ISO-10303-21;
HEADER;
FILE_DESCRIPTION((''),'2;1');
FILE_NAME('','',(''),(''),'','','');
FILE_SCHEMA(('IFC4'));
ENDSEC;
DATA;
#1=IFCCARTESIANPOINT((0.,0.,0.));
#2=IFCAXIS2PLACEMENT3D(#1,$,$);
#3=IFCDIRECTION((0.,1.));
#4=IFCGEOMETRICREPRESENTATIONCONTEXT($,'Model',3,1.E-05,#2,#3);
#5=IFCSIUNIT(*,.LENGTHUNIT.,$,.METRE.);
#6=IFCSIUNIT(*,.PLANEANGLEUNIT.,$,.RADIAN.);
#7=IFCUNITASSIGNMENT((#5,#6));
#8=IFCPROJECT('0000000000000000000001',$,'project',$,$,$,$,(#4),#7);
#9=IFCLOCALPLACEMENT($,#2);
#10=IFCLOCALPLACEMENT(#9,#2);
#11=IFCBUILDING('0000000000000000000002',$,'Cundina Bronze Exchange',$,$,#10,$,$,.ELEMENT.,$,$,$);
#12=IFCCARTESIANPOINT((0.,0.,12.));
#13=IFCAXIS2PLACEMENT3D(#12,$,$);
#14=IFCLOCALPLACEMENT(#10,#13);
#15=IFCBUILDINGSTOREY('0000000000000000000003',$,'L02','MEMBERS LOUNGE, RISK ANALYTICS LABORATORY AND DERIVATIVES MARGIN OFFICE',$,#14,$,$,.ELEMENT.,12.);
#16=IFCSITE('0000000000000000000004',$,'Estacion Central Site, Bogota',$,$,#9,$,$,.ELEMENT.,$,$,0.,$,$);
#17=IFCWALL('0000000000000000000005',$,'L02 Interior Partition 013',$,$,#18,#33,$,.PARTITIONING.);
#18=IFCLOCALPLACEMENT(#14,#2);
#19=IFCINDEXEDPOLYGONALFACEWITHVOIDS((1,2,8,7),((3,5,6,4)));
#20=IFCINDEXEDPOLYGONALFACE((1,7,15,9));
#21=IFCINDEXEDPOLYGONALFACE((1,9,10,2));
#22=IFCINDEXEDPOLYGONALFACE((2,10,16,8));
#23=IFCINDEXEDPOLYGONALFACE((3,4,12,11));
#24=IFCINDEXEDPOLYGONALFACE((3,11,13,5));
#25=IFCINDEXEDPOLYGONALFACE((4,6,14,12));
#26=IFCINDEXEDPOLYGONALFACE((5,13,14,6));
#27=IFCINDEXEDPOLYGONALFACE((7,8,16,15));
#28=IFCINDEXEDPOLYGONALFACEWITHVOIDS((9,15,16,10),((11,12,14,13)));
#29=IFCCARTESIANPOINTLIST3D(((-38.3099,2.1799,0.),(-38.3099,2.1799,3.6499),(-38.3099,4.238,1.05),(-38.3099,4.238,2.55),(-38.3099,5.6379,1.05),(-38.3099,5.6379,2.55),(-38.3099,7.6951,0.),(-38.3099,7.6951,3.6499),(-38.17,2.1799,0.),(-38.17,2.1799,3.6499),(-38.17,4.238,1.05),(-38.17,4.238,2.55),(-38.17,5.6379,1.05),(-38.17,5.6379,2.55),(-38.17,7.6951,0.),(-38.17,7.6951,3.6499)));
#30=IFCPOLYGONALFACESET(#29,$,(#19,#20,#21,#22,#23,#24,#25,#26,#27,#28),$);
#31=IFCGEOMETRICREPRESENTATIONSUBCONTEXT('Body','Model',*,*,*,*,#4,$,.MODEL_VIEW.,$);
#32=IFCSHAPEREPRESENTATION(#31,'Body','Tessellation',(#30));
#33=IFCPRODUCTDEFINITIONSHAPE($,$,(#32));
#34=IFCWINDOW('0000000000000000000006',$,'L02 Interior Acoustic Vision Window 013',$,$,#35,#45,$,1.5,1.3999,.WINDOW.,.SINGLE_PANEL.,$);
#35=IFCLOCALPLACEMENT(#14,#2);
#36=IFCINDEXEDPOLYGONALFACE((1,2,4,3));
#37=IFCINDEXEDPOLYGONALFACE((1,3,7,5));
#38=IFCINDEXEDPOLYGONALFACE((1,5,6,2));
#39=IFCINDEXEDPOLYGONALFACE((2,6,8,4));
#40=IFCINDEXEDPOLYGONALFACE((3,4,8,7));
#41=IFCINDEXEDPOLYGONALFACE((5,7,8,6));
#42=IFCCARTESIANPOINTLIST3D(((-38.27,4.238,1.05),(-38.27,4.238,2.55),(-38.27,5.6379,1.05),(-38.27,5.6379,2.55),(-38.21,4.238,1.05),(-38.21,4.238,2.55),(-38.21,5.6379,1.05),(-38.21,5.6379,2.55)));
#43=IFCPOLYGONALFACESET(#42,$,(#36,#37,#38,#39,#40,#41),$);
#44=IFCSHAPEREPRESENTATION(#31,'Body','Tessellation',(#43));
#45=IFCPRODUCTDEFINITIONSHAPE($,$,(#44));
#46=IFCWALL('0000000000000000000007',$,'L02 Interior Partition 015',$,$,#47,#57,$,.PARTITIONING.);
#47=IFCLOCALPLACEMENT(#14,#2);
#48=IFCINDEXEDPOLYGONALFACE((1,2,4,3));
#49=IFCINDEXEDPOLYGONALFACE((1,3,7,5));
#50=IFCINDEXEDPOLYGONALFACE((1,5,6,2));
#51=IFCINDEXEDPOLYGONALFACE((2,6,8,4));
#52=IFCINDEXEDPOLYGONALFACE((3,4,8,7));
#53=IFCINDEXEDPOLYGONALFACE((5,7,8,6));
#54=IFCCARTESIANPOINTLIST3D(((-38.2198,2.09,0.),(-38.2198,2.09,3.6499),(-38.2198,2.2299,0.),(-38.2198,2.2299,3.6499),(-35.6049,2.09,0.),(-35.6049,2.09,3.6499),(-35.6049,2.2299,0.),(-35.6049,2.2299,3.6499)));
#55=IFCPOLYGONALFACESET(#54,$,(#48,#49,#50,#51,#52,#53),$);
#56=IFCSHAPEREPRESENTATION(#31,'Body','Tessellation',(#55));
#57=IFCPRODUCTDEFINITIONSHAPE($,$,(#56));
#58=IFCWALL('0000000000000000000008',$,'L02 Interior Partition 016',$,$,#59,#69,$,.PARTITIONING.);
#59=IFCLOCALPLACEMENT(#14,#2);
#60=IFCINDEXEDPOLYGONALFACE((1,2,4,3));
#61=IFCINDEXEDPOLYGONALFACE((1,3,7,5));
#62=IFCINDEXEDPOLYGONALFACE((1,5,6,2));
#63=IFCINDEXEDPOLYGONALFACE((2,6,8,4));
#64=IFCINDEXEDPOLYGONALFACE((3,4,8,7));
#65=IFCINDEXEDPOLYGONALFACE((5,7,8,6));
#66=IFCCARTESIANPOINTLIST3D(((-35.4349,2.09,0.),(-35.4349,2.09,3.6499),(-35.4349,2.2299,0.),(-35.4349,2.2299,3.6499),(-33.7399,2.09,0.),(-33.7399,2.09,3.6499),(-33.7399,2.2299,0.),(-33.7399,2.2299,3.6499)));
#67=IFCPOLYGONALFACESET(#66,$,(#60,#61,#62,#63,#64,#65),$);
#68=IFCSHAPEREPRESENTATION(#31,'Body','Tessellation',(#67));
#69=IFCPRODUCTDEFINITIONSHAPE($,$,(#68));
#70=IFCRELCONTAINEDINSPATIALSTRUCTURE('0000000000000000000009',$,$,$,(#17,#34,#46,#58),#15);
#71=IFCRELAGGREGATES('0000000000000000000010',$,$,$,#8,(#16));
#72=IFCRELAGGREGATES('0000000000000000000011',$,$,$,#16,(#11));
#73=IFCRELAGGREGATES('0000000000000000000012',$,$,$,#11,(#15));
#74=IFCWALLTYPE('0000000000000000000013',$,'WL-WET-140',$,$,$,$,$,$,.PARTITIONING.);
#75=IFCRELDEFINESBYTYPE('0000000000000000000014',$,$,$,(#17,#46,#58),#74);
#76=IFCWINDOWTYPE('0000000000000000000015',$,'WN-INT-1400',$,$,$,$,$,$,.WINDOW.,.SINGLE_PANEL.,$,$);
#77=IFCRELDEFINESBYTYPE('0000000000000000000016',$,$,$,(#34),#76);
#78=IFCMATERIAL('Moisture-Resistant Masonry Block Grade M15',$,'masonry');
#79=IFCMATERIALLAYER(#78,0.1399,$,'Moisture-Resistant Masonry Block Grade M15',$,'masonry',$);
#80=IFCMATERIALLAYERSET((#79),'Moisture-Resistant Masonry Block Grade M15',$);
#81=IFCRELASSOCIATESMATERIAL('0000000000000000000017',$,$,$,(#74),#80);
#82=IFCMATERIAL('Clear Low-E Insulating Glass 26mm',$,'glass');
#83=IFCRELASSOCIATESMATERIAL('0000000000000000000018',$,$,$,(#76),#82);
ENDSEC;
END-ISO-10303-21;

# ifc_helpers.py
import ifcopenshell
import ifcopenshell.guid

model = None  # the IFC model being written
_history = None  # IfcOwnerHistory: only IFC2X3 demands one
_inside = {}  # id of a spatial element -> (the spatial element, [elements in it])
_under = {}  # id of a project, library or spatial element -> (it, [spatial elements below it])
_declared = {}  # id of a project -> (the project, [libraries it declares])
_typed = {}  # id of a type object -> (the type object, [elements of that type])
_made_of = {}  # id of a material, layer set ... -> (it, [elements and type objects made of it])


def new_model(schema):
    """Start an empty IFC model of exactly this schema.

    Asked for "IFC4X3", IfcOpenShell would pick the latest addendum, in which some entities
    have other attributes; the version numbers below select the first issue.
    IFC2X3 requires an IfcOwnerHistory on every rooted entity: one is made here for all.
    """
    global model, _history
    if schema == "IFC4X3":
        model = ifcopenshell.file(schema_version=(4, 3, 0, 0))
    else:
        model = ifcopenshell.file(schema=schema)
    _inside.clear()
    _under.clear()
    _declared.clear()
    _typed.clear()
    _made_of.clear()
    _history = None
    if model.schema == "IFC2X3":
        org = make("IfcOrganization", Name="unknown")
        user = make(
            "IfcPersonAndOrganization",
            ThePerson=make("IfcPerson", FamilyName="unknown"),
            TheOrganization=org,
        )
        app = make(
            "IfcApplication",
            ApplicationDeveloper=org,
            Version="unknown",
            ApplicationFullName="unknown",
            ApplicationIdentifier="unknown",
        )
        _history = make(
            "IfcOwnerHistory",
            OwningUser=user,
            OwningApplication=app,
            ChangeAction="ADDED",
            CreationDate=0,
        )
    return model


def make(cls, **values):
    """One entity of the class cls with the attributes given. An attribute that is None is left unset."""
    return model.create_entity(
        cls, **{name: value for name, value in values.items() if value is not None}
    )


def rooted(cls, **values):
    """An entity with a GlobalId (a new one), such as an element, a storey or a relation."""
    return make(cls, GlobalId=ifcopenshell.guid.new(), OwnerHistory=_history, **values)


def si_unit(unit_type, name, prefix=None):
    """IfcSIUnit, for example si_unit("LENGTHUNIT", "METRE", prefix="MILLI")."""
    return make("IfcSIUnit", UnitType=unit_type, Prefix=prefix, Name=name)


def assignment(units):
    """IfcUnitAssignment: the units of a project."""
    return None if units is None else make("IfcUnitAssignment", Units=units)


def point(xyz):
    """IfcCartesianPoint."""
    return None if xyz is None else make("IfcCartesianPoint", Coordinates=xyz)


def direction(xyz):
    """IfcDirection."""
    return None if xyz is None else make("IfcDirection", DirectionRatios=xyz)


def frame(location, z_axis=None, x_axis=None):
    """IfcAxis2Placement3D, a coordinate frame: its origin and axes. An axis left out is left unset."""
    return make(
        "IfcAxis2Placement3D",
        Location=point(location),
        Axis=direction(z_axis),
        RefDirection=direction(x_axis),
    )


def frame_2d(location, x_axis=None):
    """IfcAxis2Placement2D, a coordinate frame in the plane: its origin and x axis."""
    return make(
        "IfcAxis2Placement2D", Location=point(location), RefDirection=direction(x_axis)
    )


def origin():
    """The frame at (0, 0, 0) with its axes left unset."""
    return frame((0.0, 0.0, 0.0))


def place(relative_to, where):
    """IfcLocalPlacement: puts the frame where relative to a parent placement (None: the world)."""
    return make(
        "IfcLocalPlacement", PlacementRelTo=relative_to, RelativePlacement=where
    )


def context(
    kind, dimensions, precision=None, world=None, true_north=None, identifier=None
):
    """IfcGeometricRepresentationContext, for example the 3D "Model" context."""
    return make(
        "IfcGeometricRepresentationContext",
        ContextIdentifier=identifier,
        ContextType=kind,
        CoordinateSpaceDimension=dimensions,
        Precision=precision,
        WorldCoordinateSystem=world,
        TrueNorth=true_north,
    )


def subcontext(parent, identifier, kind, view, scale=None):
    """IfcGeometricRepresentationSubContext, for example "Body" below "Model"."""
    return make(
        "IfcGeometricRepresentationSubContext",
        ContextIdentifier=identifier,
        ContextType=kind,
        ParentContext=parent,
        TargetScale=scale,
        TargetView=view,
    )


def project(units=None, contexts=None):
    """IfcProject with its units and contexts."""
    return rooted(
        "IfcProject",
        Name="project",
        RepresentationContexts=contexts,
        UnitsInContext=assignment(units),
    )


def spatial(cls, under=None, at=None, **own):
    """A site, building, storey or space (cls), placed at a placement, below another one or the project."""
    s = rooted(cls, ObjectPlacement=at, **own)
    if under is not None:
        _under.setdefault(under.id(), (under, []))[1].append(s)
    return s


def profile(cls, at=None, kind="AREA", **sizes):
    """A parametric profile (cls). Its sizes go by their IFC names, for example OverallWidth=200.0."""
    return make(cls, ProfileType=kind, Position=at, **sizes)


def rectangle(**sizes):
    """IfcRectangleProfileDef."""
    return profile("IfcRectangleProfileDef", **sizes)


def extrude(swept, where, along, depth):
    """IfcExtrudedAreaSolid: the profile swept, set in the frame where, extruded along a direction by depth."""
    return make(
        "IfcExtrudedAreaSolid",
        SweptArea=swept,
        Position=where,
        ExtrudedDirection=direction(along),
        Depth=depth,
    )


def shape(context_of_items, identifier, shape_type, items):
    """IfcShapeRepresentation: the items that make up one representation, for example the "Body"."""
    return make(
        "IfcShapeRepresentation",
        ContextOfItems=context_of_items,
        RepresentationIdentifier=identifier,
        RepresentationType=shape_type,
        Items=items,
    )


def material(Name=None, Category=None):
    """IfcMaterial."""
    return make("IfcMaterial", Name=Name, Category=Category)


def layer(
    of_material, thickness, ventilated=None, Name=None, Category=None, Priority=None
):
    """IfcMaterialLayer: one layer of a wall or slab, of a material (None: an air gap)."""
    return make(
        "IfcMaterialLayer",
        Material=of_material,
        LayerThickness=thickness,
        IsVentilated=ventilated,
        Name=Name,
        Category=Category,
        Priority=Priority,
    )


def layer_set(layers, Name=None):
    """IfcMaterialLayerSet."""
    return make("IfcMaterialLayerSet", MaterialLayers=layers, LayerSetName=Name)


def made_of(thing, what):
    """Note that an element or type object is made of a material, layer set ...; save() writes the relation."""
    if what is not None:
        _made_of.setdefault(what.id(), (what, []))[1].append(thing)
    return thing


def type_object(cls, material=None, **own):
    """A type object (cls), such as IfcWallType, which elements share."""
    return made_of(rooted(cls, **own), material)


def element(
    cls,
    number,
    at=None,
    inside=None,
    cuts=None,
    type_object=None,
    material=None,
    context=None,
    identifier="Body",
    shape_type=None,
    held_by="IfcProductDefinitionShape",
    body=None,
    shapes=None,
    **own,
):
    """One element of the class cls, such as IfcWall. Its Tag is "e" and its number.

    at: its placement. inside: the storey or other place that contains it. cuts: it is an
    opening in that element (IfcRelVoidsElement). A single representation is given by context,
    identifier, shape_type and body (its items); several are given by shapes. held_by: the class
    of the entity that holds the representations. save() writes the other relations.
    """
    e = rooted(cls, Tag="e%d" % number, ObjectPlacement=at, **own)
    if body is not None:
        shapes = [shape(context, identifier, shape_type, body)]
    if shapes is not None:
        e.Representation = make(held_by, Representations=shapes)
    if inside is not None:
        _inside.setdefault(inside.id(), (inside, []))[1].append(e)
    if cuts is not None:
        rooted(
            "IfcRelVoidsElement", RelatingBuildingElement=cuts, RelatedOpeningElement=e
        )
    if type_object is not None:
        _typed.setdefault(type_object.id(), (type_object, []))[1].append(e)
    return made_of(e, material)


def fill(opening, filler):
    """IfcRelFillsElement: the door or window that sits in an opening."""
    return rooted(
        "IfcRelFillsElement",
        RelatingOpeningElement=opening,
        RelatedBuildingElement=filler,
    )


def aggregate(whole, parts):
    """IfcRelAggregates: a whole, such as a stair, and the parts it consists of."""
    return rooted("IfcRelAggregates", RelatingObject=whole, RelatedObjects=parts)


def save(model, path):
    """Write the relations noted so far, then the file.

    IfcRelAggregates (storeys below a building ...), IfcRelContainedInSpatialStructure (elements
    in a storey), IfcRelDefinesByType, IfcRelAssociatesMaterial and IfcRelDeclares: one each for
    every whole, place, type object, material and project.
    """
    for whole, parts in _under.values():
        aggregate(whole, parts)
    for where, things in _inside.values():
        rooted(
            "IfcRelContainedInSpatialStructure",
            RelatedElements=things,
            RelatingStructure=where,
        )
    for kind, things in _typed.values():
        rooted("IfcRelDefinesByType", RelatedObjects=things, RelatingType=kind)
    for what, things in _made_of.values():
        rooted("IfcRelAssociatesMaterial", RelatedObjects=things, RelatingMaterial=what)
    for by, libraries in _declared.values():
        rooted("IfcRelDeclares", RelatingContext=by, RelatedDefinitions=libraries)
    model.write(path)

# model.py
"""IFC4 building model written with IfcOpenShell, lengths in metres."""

from ifc_helpers import new_model, si_unit, direction, frame, frame_2d, origin, place, context, subcontext, project, spatial, rectangle, extrude, material, layer, layer_set, type_object, element, fill, save


model = new_model("IFC4")

# Units and contexts
model_context = context("Model", 3, precision=1e-05, world=origin(), true_north=direction((0.0, 1.0)))
body_context = subcontext(model_context, "Body", "Model", "MODEL_VIEW")
ifc_project = project(units=[si_unit("LENGTHUNIT", "METRE"), si_unit("PLANEANGLEUNIT", "RADIAN")], contexts=[model_context])

# Site, building, storey
site_placement = place(None, origin())
site = spatial("IfcSite", under=ifc_project, at=site_placement, Name="Estacion Central Site, Bogota", CompositionType="ELEMENT", RefElevation=0.0)
building_placement = place(site_placement, origin())
building = spatial("IfcBuilding", under=site, at=building_placement, Name="Cundina Bronze Exchange", CompositionType="ELEMENT")
storey_placement = place(building_placement, frame((0.0, 0.0, 12.0)))
storey = spatial("IfcBuildingStorey", under=building, at=storey_placement, Name="L02", Description="MEMBERS LOUNGE, RISK ANALYTICS LABORATORY AND DERIVATIVES MARGIN OFFICE", CompositionType="ELEMENT", Elevation=12.0)

# Wall, opening, window
ifc_material_1 = material(Name="Moisture-Resistant Masonry Block Grade M15", Category="masonry")
ifc_layer_1 = layer(ifc_material_1, 0.1399, Name="Moisture-Resistant Masonry Block Grade M15", Category="masonry")
ifc_layer_set_1 = layer_set([ifc_layer_1], Name="Moisture-Resistant Masonry Block Grade M15")
wall_type_1 = type_object("IfcWallType", Name="WL-WET-140", PredefinedType="PARTITIONING", material=ifc_layer_set_1)
wall_1_placement = place(storey_placement, frame((-38.24, 2.1799, 0.0), z_axis=(0.0, 0.0, 1.0), x_axis=(0.0, 1.0, 0.0)))
wall_1 = element("IfcWall", 1, at=wall_1_placement, inside=storey, type_object=wall_type_1, Name="L02 Interior Partition 013", PredefinedType="PARTITIONING", context=body_context, shape_type="SweptSolid", body=[
    extrude(rectangle(XDim=5.5151, YDim=0.1399, at=frame_2d((2.7576, 0.0))), origin(), (0.0, 0.0, 1.0), 3.6499),
])
opening_1_placement = place(wall_1_placement, frame((2.0581, 0.0, 1.05)))
opening_1 = element("IfcOpeningElement", 2, at=opening_1_placement, cuts=wall_1, PredefinedType="OPENING", context=body_context, shape_type="SweptSolid", body=[
    extrude(rectangle(XDim=1.3999, YDim=1.5, at=frame_2d((0.7, 0.75))), frame((0.0, 0.0798, 0.0), z_axis=(0.0, -1.0, 0.0), x_axis=(1.0, 0.0, 0.0)), (0.0, 0.0, 1.0), 0.1599),
])
ifc_material_2 = material(Name="Clear Low-E Insulating Glass 26mm", Category="glass")
window_type = type_object("IfcWindowType", Name="WN-INT-1400", PartitioningType="SINGLE_PANEL", PredefinedType="WINDOW", material=ifc_material_2)
window_placement = place(opening_1_placement, origin())
window = element("IfcWindow", 3, at=window_placement, inside=storey, type_object=window_type, Name="L02 Interior Acoustic Vision Window 013", OverallHeight=1.5, OverallWidth=1.3999, PartitioningType="SINGLE_PANEL", PredefinedType="WINDOW", context=body_context, shape_type="SweptSolid", body=[
    extrude(rectangle(XDim=1.3999, YDim=1.5, at=frame_2d((0.7, 0.75))), frame((0.0, 0.03, 0.0), z_axis=(0.0, -1.0, 0.0), x_axis=(1.0, 0.0, 0.0)), (0.0, 0.0, 1.0), 0.0601),
])
fill(opening_1, window)

# Walls
wall_2_placement = place(storey_placement, frame((-38.22, 2.1599, 0.0), z_axis=(0.0, 0.0, 1.0), x_axis=(1.0, 0.0, 0.0)))
element("IfcWall", 4, at=wall_2_placement, inside=storey, type_object=wall_type_1, Name="L02 Interior Partition 015", PredefinedType="PARTITIONING", context=body_context, shape_type="SweptSolid", body=[
    extrude(rectangle(XDim=2.615, YDim=0.1399, at=frame_2d((1.3076, 0.0))), origin(), (0.0, 0.0, 1.0), 3.6499),
])
wall_3_placement = place(storey_placement, frame((-35.4351, 2.1599, 0.0), z_axis=(0.0, 0.0, 1.0), x_axis=(1.0, 0.0, 0.0)))
element("IfcWall", 5, at=wall_3_placement, inside=storey, type_object=wall_type_1, Name="L02 Interior Partition 016", PredefinedType="PARTITIONING", context=body_context, shape_type="SweptSolid", body=[
    extrude(rectangle(XDim=1.6951, YDim=0.1399, at=frame_2d((0.8477, 0.0))), origin(), (0.0, 0.0, 1.0), 3.6499),
])

save(model, "model.ifc")
